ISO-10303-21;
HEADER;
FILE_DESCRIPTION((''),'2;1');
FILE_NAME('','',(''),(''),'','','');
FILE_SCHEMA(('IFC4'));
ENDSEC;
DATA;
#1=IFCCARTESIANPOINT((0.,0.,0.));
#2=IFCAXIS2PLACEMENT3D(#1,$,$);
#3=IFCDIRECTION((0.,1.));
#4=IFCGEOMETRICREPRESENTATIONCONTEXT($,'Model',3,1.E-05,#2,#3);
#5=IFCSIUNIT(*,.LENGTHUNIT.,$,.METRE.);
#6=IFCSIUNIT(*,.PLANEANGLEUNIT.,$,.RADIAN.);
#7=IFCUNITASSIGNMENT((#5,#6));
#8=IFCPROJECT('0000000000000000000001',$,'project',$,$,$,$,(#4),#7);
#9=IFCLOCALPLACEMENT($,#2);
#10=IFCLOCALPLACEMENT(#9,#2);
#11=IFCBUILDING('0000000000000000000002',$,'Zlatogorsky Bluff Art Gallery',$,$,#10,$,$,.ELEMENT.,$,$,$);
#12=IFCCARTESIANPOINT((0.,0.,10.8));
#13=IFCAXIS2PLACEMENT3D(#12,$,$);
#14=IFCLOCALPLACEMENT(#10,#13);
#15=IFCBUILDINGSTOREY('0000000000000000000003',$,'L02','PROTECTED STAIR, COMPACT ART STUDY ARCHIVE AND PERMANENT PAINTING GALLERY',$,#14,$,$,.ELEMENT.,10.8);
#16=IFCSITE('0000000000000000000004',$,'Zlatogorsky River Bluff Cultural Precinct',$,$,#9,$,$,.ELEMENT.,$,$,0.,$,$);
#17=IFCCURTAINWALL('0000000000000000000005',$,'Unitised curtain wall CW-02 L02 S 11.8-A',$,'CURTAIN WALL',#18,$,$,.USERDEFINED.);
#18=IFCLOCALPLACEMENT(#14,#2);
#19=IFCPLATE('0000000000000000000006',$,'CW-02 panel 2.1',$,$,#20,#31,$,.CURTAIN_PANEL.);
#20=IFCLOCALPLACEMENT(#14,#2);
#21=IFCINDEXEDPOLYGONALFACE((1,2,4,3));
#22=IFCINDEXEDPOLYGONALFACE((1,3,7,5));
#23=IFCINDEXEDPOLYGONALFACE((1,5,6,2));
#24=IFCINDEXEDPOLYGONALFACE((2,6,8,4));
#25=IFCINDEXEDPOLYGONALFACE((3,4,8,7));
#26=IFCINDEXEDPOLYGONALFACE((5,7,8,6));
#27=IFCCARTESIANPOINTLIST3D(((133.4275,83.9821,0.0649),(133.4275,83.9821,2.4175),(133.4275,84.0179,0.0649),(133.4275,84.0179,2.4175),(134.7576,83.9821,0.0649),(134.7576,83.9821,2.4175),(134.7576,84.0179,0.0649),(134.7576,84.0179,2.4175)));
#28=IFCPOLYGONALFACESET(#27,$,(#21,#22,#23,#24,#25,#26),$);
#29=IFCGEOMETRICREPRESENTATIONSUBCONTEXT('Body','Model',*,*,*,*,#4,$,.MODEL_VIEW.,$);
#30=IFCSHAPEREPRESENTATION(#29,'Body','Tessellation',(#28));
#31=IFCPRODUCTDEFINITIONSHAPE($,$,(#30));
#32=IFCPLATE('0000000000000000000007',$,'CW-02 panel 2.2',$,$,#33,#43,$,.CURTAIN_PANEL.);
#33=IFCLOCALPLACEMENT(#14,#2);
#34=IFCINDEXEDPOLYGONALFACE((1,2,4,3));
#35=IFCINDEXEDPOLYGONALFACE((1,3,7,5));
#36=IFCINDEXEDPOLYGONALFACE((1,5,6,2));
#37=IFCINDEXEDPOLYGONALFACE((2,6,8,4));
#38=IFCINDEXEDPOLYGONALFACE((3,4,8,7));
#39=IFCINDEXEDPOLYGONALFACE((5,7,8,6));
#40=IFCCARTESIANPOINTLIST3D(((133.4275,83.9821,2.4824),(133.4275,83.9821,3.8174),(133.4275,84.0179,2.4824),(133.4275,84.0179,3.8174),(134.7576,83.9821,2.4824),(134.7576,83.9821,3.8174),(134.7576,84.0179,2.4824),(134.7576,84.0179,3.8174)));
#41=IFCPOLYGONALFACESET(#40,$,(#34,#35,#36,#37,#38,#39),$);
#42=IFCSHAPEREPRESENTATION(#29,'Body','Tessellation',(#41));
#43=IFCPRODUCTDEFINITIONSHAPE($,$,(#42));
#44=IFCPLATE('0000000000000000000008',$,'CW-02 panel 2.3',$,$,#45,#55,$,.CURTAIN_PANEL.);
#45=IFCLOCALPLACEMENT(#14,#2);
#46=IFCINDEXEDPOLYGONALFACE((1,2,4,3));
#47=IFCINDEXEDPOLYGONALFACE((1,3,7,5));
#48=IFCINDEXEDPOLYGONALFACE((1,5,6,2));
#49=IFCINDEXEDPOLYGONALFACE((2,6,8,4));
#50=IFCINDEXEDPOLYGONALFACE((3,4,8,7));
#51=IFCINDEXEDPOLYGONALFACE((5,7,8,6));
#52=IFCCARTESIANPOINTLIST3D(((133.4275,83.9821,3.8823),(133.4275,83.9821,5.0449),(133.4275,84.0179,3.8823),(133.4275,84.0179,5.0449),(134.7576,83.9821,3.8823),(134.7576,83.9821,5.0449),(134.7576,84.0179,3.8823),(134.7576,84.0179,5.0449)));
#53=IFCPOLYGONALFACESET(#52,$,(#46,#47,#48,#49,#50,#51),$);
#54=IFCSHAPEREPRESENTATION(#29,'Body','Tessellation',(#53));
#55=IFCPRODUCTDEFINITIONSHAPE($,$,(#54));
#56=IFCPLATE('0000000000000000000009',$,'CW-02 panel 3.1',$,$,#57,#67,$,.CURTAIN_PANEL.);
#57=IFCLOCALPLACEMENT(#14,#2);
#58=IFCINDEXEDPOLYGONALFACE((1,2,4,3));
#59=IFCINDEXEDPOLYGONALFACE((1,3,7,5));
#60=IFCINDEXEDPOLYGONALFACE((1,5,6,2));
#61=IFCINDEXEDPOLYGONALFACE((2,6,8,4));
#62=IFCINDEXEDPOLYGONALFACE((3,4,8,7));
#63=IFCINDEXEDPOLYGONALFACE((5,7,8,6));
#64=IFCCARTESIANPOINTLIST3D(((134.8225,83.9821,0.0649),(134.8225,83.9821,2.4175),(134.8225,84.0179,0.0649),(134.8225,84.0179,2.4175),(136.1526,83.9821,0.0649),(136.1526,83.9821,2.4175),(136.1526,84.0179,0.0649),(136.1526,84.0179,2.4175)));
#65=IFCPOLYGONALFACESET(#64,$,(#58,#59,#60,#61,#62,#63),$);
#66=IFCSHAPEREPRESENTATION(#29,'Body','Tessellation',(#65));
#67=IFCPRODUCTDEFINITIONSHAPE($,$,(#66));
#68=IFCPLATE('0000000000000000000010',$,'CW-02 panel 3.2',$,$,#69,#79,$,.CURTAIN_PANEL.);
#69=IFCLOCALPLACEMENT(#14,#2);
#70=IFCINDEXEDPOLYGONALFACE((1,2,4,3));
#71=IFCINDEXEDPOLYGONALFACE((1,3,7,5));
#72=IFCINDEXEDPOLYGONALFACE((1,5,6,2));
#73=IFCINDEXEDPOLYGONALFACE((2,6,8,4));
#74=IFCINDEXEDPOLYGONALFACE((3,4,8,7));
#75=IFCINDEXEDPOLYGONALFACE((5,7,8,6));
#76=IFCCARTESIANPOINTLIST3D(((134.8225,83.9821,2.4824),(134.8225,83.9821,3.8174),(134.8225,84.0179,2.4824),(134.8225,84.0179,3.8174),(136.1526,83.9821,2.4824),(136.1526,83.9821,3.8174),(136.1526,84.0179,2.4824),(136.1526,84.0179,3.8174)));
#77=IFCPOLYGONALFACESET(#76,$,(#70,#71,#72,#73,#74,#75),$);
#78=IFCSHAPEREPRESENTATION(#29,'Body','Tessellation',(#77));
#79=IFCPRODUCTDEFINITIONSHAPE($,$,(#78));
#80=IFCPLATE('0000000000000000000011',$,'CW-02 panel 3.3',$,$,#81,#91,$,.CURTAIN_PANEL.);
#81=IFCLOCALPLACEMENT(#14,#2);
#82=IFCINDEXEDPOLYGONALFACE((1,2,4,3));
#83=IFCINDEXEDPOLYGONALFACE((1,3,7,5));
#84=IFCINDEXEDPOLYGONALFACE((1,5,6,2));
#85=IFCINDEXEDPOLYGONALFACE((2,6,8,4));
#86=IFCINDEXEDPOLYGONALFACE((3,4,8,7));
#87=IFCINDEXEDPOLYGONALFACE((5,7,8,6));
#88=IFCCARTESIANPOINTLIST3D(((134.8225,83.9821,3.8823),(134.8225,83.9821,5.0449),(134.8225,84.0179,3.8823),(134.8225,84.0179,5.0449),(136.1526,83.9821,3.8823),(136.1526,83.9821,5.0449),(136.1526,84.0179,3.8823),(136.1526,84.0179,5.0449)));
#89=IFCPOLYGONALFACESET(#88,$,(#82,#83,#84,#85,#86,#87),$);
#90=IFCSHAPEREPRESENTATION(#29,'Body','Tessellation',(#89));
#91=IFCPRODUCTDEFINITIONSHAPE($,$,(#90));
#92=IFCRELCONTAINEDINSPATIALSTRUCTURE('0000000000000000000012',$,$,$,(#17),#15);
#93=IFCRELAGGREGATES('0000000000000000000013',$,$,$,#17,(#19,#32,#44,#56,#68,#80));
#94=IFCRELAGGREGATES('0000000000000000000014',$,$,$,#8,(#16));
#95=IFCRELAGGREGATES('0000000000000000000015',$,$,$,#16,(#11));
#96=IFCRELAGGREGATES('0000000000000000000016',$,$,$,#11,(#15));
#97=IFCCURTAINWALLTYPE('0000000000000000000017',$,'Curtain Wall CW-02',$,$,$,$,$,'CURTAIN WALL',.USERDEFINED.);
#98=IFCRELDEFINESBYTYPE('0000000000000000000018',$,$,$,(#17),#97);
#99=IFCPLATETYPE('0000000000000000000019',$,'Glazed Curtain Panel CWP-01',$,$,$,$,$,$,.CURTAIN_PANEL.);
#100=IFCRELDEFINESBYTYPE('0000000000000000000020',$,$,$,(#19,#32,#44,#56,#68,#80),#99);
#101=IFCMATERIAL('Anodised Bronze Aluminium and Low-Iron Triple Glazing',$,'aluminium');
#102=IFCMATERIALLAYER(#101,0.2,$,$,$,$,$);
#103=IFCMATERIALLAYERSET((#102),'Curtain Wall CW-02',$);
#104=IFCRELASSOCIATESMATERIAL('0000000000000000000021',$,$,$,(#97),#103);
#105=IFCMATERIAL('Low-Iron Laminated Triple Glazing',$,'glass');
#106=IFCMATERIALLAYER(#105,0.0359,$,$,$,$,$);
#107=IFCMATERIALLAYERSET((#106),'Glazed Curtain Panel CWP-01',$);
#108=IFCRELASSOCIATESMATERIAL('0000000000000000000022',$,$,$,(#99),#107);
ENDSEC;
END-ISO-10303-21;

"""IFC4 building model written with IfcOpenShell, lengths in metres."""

from ifc_helpers import new_model, si_unit, direction, frame, origin, origin_2d, place, context, subcontext, project, spatial, rectangle, extrude, material, layer, layer_set, type_object, element, aggregate, save


model = new_model("IFC4")

# Units and contexts
model_context = context("Model", 3, precision=1e-05, world=origin(), true_north=direction((0.0, 1.0)))
body_context = subcontext(model_context, "Body", "Model", "MODEL_VIEW")
ifc_project = project(units=[si_unit("LENGTHUNIT", "METRE"), si_unit("PLANEANGLEUNIT", "RADIAN")], contexts=[model_context])

# Site, building, storey
site_placement = place(None, origin())
site = spatial("IfcSite", under=ifc_project, at=site_placement, Name="Zlatogorsky River Bluff Cultural Precinct", CompositionType="ELEMENT", RefElevation=0.0)
building_placement = place(site_placement, origin())
building = spatial("IfcBuilding", under=site, at=building_placement, Name="Zlatogorsky Bluff Art Gallery", CompositionType="ELEMENT")
storey_placement = place(building_placement, frame((0.0, 0.0, 10.8)))
storey = spatial("IfcBuildingStorey", under=building, at=storey_placement, Name="L02", Description="PROTECTED STAIR, COMPACT ART STUDY ARCHIVE AND PERMANENT PAINTING GALLERY", CompositionType="ELEMENT", Elevation=10.8)

# Curtain wall, plates
ifc_material_1 = material(Name="Anodised Bronze Aluminium and Low-Iron Triple Glazing", Category="aluminium")
ifc_layer_1 = layer(ifc_material_1, 0.2)
ifc_layer_set_1 = layer_set([ifc_layer_1], Name="Curtain Wall CW-02")
curtain_wall_type = type_object("IfcCurtainWallType", Name="Curtain Wall CW-02", ElementType="CURTAIN WALL", PredefinedType="USERDEFINED", material=ifc_layer_set_1)
curtain_wall_placement = place(storey_placement, origin())
curtain_wall = element("IfcCurtainWall", 1, at=curtain_wall_placement, inside=storey, type_object=curtain_wall_type, Name="Unitised curtain wall CW-02 L02 S 11.8-A", ObjectType="CURTAIN WALL", PredefinedType="USERDEFINED")
ifc_material_2 = material(Name="Low-Iron Laminated Triple Glazing", Category="glass")
ifc_layer_2 = layer(ifc_material_2, 0.0359)
ifc_layer_set_2 = layer_set([ifc_layer_2], Name="Glazed Curtain Panel CWP-01")
plate_type = type_object("IfcPlateType", Name="Glazed Curtain Panel CWP-01", PredefinedType="CURTAIN_PANEL", material=ifc_layer_set_2)
plate_1_placement = place(storey_placement, frame((134.0925, 84.0, 0.0649), z_axis=(0.0, 0.0, 1.0), x_axis=(1.0, 0.0, 0.0)))
plate_1 = element("IfcPlate", 2, at=plate_1_placement, type_object=plate_type, Name="CW-02 panel 2.1", PredefinedType="CURTAIN_PANEL", context=body_context, shape_type="SweptSolid", body=[
    extrude(rectangle(XDim=1.3301, YDim=0.0359, at=origin_2d()), origin(), (0.0, 0.0, 1.0), 2.3525),
])
plate_2_placement = place(storey_placement, frame((134.0925, 84.0, 2.4824), z_axis=(0.0, 0.0, 1.0), x_axis=(1.0, 0.0, 0.0)))
plate_2 = element("IfcPlate", 3, at=plate_2_placement, type_object=plate_type, Name="CW-02 panel 2.2", PredefinedType="CURTAIN_PANEL", context=body_context, shape_type="SweptSolid", body=[
    extrude(rectangle(XDim=1.3301, YDim=0.0359, at=origin_2d()), origin(), (0.0, 0.0, 1.0), 1.335),
])
plate_3_placement = place(storey_placement, frame((134.0925, 84.0, 3.8823), z_axis=(0.0, 0.0, 1.0), x_axis=(1.0, 0.0, 0.0)))
plate_3 = element("IfcPlate", 4, at=plate_3_placement, type_object=plate_type, Name="CW-02 panel 2.3", PredefinedType="CURTAIN_PANEL", context=body_context, shape_type="SweptSolid", body=[
    extrude(rectangle(XDim=1.3301, YDim=0.0359, at=origin_2d()), origin(), (0.0, 0.0, 1.0), 1.1626),
])
plate_4_placement = place(storey_placement, frame((135.4875, 84.0, 0.0649), z_axis=(0.0, 0.0, 1.0), x_axis=(1.0, 0.0, 0.0)))
plate_4 = element("IfcPlate", 5, at=plate_4_placement, type_object=plate_type, Name="CW-02 panel 3.1", PredefinedType="CURTAIN_PANEL", context=body_context, shape_type="SweptSolid", body=[
    extrude(rectangle(XDim=1.3301, YDim=0.0359, at=origin_2d()), origin(), (0.0, 0.0, 1.0), 2.3525),
])
plate_5_placement = place(storey_placement, frame((135.4875, 84.0, 2.4824), z_axis=(0.0, 0.0, 1.0), x_axis=(1.0, 0.0, 0.0)))
plate_5 = element("IfcPlate", 6, at=plate_5_placement, type_object=plate_type, Name="CW-02 panel 3.2", PredefinedType="CURTAIN_PANEL", context=body_context, shape_type="SweptSolid", body=[
    extrude(rectangle(XDim=1.3301, YDim=0.0359, at=origin_2d()), origin(), (0.0, 0.0, 1.0), 1.335),
])
plate_6_placement = place(storey_placement, frame((135.4875, 84.0, 3.8823), z_axis=(0.0, 0.0, 1.0), x_axis=(1.0, 0.0, 0.0)))
plate_6 = element("IfcPlate", 7, at=plate_6_placement, type_object=plate_type, Name="CW-02 panel 3.3", PredefinedType="CURTAIN_PANEL", context=body_context, shape_type="SweptSolid", body=[
    extrude(rectangle(XDim=1.3301, YDim=0.0359, at=origin_2d()), origin(), (0.0, 0.0, 1.0), 1.1626),
])
aggregate(curtain_wall, [plate_1, plate_2, plate_3, plate_4, plate_5, plate_6])

save(model, "model.ifc")
